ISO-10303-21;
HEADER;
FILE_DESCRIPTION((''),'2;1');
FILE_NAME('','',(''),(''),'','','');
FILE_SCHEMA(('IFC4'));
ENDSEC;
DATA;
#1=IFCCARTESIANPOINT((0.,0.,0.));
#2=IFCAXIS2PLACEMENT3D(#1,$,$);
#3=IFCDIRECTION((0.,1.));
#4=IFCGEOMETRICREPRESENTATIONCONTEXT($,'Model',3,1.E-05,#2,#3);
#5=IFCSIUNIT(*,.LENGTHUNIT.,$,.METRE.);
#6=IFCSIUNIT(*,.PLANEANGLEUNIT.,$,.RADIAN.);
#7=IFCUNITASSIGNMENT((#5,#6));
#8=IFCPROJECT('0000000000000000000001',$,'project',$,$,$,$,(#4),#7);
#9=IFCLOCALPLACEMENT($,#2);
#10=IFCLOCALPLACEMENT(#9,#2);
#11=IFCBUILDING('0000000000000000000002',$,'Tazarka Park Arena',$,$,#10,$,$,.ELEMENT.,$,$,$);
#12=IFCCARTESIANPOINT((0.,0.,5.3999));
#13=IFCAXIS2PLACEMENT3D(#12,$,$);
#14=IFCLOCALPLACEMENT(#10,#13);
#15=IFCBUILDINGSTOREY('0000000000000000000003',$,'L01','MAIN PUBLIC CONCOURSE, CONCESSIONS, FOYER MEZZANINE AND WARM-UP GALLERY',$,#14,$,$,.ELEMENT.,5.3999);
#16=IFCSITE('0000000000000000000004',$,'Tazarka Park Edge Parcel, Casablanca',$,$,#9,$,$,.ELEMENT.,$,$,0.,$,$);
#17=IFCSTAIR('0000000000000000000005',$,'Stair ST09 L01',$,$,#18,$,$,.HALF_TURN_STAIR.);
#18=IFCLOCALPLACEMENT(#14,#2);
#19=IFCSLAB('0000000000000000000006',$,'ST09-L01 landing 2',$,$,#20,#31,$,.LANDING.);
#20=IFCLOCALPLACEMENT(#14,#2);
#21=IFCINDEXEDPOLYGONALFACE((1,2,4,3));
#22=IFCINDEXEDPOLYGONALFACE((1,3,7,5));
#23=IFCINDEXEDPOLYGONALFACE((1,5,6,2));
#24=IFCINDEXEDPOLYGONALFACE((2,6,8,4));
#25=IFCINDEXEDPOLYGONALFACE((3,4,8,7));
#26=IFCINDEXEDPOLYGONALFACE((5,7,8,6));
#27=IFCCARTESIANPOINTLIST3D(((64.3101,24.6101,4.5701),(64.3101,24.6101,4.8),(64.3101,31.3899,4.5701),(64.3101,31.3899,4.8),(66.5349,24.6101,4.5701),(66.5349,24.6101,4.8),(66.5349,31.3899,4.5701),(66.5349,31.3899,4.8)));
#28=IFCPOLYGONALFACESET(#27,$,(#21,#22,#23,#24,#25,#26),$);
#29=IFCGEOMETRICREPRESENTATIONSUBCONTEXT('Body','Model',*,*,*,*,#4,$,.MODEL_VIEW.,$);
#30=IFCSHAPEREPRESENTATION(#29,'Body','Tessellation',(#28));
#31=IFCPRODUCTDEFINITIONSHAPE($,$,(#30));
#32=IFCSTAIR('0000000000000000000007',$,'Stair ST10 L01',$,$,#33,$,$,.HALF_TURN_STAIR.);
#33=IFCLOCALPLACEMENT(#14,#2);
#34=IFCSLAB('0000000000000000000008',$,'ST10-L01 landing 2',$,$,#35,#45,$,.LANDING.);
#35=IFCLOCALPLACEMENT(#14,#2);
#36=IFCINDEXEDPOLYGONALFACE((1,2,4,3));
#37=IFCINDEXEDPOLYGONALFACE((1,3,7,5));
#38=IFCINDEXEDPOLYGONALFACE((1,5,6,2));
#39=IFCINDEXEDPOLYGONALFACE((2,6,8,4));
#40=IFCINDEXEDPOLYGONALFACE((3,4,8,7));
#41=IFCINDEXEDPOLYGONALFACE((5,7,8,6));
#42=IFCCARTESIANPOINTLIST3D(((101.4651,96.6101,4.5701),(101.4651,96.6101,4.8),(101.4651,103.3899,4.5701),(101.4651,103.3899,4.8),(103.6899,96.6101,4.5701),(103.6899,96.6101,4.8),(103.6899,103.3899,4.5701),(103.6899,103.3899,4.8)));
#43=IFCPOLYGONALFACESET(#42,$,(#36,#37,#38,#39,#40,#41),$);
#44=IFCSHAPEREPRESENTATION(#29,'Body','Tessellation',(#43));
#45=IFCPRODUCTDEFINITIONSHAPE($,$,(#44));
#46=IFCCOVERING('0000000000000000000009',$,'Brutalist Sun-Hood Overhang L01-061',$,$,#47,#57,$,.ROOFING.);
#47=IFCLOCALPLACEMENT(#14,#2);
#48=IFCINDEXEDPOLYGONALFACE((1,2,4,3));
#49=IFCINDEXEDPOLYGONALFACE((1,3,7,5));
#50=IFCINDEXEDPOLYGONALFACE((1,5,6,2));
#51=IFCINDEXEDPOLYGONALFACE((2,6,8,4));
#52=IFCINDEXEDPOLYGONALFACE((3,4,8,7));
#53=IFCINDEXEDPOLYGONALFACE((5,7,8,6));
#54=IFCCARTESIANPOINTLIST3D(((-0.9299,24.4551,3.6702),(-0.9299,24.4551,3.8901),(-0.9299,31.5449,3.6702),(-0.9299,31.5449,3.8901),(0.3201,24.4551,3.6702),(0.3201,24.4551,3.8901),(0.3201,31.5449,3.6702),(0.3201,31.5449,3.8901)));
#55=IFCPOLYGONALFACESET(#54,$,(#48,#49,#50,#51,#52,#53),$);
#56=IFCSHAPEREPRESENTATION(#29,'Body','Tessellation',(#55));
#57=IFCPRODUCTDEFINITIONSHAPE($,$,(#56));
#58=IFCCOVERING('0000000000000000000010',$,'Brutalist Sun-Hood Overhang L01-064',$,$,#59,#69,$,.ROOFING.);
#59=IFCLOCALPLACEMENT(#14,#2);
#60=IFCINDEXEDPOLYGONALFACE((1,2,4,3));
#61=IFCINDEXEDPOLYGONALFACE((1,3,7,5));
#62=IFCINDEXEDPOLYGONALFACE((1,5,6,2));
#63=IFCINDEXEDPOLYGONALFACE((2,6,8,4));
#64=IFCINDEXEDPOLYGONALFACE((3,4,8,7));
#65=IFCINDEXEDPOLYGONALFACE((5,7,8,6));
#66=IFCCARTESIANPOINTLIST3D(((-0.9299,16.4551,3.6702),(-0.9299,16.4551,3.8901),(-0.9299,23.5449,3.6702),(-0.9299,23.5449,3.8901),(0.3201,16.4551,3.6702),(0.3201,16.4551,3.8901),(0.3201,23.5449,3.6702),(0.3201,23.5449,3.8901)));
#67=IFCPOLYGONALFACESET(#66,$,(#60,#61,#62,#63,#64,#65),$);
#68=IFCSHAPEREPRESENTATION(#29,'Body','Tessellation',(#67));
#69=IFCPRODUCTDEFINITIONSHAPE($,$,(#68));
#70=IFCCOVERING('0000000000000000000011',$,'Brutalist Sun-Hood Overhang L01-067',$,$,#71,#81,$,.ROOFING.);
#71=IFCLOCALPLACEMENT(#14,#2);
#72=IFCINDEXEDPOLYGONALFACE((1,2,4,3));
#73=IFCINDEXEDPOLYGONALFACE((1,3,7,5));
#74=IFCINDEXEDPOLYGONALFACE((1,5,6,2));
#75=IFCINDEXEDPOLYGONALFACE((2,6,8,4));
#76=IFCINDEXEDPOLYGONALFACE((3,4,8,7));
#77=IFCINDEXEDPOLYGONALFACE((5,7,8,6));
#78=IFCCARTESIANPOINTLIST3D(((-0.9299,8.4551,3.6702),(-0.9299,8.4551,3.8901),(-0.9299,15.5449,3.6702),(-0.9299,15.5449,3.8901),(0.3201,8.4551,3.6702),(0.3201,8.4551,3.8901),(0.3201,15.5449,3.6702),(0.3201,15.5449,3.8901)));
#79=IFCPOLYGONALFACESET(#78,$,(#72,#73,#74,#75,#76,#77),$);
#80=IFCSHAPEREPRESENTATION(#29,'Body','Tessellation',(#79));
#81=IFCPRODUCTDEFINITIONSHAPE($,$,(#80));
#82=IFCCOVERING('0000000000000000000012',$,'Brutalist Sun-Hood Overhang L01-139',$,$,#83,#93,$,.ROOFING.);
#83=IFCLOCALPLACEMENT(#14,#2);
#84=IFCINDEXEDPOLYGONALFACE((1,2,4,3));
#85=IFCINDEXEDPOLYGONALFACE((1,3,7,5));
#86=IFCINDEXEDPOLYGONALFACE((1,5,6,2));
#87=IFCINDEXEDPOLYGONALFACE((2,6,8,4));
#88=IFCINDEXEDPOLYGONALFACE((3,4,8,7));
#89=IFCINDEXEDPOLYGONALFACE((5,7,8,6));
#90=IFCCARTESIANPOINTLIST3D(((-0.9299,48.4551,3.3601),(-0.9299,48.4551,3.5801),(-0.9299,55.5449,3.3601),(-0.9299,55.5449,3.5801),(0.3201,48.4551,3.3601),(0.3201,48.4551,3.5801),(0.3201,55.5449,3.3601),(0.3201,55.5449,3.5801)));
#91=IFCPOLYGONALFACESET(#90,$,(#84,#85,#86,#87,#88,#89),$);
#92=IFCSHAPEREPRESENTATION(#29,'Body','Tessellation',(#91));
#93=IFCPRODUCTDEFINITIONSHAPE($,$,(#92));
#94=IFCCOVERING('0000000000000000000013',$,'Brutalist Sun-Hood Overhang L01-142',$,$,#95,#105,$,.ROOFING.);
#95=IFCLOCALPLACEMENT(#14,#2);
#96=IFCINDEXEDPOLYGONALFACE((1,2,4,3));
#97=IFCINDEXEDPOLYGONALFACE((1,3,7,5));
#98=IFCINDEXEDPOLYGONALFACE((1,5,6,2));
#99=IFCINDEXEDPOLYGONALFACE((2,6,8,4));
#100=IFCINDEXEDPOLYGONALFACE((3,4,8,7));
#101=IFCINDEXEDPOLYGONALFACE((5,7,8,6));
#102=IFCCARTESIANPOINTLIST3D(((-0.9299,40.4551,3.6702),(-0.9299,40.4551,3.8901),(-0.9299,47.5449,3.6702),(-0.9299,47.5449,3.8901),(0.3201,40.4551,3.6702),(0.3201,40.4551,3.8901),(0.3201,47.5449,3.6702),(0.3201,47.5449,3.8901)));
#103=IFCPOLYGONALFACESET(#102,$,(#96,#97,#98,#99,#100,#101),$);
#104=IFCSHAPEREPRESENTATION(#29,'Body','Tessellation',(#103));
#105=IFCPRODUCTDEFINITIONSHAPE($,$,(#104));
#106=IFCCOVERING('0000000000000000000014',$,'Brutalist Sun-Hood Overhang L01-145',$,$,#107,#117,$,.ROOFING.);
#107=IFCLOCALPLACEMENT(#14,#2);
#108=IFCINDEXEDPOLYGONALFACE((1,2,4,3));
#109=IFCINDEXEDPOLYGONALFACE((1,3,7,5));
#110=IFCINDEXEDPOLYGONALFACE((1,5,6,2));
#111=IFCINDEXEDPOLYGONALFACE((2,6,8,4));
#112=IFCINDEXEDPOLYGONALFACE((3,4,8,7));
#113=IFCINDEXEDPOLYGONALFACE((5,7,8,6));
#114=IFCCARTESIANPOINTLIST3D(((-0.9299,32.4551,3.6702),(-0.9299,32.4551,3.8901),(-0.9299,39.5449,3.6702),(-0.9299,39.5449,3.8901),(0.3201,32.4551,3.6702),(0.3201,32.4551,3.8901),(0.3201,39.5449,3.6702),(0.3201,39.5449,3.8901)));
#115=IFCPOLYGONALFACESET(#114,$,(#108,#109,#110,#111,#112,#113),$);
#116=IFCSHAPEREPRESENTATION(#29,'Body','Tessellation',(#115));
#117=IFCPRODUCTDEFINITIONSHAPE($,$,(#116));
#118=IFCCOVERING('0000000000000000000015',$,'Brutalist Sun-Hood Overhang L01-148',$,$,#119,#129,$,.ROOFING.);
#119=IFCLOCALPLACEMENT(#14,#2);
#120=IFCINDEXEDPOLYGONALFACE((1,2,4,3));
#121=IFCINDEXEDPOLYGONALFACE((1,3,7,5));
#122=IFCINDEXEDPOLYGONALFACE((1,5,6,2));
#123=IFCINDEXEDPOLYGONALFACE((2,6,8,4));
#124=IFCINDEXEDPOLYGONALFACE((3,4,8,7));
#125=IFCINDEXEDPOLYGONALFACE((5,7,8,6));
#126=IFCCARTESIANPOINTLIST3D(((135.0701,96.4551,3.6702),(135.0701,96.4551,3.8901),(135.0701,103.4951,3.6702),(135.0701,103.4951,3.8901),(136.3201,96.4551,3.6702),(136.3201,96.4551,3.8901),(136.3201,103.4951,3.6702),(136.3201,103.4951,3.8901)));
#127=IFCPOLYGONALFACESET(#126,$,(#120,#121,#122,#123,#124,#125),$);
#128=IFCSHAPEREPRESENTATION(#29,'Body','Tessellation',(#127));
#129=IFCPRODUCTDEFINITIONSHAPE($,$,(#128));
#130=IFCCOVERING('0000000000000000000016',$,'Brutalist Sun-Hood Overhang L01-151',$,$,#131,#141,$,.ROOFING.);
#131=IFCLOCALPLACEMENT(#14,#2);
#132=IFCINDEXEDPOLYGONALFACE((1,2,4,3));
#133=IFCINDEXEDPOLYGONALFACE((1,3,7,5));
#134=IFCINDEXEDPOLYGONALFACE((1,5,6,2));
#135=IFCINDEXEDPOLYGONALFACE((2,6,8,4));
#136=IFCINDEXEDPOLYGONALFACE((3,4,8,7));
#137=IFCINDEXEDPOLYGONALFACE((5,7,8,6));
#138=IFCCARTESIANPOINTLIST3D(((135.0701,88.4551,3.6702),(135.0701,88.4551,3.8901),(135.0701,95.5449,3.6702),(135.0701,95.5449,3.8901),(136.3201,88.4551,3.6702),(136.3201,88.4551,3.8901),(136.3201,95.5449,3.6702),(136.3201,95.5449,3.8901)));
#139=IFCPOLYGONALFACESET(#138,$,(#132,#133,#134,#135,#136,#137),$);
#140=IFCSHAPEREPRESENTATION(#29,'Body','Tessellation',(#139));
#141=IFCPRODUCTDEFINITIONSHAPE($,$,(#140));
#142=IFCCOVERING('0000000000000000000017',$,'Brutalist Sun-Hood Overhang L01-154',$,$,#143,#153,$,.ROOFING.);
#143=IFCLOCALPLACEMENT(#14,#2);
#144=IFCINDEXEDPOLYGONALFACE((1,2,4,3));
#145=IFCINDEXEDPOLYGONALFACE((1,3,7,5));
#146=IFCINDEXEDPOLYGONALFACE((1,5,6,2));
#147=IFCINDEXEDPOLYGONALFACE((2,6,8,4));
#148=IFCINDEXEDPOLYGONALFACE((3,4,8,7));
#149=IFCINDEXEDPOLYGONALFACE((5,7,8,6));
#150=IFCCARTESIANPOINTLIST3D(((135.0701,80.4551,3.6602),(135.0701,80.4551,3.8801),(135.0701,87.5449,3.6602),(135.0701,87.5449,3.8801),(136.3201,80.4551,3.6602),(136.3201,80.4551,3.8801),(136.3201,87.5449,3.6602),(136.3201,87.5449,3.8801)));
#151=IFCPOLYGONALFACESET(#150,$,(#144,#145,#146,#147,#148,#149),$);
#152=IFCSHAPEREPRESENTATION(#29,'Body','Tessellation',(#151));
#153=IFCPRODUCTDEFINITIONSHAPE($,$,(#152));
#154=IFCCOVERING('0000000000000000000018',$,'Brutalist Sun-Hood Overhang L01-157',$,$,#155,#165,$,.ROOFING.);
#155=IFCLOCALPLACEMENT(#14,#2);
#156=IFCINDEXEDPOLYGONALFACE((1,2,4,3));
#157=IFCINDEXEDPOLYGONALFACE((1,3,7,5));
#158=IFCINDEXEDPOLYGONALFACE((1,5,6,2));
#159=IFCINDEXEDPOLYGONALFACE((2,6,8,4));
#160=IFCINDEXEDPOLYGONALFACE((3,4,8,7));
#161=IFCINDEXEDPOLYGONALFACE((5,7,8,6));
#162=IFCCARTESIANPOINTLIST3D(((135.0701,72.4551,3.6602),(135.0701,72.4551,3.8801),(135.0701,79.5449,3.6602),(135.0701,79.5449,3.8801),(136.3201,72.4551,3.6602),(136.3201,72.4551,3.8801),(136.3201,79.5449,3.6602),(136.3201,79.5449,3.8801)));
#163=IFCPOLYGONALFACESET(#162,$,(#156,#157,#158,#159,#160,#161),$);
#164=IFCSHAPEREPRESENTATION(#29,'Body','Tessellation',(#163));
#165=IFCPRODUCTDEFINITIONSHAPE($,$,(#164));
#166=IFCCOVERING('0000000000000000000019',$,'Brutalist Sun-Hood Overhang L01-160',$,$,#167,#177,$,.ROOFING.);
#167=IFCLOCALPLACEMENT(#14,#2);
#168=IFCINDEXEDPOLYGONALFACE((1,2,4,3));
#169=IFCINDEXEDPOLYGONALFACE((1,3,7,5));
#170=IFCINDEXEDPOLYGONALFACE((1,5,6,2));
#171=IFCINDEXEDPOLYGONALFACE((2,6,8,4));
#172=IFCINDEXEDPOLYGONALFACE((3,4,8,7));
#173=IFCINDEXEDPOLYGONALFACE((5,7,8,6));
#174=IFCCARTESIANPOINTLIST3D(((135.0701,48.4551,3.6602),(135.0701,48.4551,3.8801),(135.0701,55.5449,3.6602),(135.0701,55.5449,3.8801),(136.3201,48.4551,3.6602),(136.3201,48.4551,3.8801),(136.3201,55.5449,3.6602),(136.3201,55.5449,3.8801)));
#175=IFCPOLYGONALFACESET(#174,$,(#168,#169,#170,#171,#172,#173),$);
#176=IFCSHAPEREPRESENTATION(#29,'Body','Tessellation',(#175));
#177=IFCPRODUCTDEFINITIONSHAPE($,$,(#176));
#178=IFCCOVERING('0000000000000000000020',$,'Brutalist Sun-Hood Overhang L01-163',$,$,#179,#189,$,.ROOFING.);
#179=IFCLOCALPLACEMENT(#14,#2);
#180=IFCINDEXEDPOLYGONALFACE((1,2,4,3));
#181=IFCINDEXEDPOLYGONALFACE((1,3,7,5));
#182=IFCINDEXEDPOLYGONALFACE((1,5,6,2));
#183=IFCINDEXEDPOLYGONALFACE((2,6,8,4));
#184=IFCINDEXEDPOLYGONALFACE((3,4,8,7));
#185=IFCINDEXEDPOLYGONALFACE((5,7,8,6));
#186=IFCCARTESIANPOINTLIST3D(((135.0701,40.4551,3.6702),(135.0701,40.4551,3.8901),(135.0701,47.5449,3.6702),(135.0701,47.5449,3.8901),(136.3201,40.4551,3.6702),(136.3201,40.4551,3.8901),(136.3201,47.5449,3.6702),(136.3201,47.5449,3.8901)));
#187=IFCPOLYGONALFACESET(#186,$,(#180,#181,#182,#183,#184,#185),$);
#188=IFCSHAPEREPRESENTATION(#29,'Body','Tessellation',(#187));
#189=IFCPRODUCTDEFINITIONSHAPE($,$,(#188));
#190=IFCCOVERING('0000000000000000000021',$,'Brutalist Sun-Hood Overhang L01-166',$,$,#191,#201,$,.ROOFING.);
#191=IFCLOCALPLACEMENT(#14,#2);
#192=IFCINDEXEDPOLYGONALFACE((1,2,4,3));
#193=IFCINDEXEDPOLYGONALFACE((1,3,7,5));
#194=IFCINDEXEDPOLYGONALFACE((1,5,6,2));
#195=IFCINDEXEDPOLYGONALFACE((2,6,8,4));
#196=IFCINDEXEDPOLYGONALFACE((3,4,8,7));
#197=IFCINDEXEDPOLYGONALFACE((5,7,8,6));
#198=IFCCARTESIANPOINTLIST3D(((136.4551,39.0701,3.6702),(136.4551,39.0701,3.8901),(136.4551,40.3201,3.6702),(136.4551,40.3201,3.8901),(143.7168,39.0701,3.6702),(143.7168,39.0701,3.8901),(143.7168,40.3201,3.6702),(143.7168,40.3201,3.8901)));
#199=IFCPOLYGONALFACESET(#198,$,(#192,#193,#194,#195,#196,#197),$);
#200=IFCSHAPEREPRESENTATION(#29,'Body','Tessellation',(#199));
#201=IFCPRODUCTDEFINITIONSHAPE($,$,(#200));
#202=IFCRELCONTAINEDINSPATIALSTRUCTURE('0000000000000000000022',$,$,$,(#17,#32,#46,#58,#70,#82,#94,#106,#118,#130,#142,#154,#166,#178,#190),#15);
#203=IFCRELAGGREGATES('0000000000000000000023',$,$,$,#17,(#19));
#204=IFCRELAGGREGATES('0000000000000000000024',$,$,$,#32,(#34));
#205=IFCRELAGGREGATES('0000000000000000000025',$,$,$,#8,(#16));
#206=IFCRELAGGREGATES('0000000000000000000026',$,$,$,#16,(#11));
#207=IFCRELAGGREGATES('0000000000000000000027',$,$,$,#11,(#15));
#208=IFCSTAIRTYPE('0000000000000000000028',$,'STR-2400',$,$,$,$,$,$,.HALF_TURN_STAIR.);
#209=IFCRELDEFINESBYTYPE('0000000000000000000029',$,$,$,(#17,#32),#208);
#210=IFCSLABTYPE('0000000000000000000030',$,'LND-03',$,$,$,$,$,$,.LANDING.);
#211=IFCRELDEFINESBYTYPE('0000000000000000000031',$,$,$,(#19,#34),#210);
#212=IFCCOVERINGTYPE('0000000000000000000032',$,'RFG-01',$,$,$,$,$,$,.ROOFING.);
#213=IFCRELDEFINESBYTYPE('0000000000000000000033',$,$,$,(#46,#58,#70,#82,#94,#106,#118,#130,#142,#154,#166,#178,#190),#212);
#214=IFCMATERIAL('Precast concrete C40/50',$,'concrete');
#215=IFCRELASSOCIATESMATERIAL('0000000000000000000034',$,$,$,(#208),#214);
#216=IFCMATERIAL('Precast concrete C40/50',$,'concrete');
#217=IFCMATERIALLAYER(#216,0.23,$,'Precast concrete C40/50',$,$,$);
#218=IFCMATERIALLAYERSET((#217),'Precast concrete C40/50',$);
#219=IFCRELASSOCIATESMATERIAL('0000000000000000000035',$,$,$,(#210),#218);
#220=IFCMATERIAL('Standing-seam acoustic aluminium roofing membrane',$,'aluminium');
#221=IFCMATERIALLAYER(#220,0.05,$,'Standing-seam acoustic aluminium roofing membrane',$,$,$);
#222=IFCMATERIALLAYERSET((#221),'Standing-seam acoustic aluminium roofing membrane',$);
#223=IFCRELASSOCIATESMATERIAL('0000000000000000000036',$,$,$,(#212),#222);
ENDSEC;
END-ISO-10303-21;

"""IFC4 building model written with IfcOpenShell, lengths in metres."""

from ifc_helpers import new_model, si_unit, direction, frame, origin, place, context, subcontext, project, spatial, polyline, outline, extrude, material, layer, layer_set, type_object, element, aggregate, save


model = new_model("IFC4")

# Units and contexts
model_context = context("Model", 3, precision=1e-05, world=origin(), true_north=direction((0.0, 1.0)))
body_context = subcontext(model_context, "Body", "Model", "MODEL_VIEW")
ifc_project = project(units=[si_unit("LENGTHUNIT", "METRE"), si_unit("PLANEANGLEUNIT", "RADIAN")], contexts=[model_context])

# Site, building, storey
site_placement = place(None, origin())
site = spatial("IfcSite", under=ifc_project, at=site_placement, Name="Tazarka Park Edge Parcel, Casablanca", CompositionType="ELEMENT", RefElevation=0.0)
building_placement = place(site_placement, origin())
building = spatial("IfcBuilding", under=site, at=building_placement, Name="Tazarka Park Arena", CompositionType="ELEMENT")
storey_placement = place(building_placement, frame((0.0, 0.0, 5.3999)))
storey = spatial("IfcBuildingStorey", under=building, at=storey_placement, Name="L01", Description="MAIN PUBLIC CONCOURSE, CONCESSIONS, FOYER MEZZANINE AND WARM-UP GALLERY", CompositionType="ELEMENT", Elevation=5.3999)

# Stairs, slabs
ifc_material_1 = material(Name="Precast concrete C40/50", Category="concrete")
stair_type = type_object("IfcStairType", Name="STR-2400", PredefinedType="HALF_TURN_STAIR", material=ifc_material_1)
stair_1_placement = place(storey_placement, origin())
stair_1 = element("IfcStair", 1, at=stair_1_placement, inside=storey, type_object=stair_type, Name="Stair ST09 L01", PredefinedType="HALF_TURN_STAIR")
ifc_material_2 = material(Name="Precast concrete C40/50", Category="concrete")
ifc_layer_1 = layer(ifc_material_2, 0.23, Name="Precast concrete C40/50")
ifc_layer_set_1 = layer_set([ifc_layer_1], Name="Precast concrete C40/50")
slab_type = type_object("IfcSlabType", Name="LND-03", PredefinedType="LANDING", material=ifc_layer_set_1)
slab_1_placement = place(storey_placement, frame((0.0, 0.0, 4.5701)))
slab_1 = element("IfcSlab", 2, at=slab_1_placement, type_object=slab_type, Name="ST09-L01 landing 2", PredefinedType="LANDING", context=body_context, shape_type="SweptSolid", body=[
    extrude(outline(polyline([(64.3101, 24.6101), (66.5349, 24.6101), (66.5349, 31.3899), (64.3101, 31.3899), (64.3101, 24.6101)])), origin(), (0.0, 0.0, 1.0), 0.23),
])
aggregate(stair_1, [slab_1])
stair_2_placement = place(storey_placement, origin())
stair_2 = element("IfcStair", 3, at=stair_2_placement, inside=storey, type_object=stair_type, Name="Stair ST10 L01", PredefinedType="HALF_TURN_STAIR")
slab_2_placement = place(storey_placement, frame((0.0, 0.0, 4.5701)))
slab_2 = element("IfcSlab", 4, at=slab_2_placement, type_object=slab_type, Name="ST10-L01 landing 2", PredefinedType="LANDING", context=body_context, shape_type="SweptSolid", body=[
    extrude(outline(polyline([(101.4651, 96.6101), (103.6899, 96.6101), (103.6899, 103.3899), (101.4651, 103.3899), (101.4651, 96.6101)])), origin(), (0.0, 0.0, 1.0), 0.23),
])
aggregate(stair_2, [slab_2])

# Coverings
ifc_material_3 = material(Name="Standing-seam acoustic aluminium roofing membrane", Category="aluminium")
ifc_layer_2 = layer(ifc_material_3, 0.05, Name="Standing-seam acoustic aluminium roofing membrane")
ifc_layer_set_2 = layer_set([ifc_layer_2], Name="Standing-seam acoustic aluminium roofing membrane")
covering_type = type_object("IfcCoveringType", Name="RFG-01", PredefinedType="ROOFING", material=ifc_layer_set_2)
covering_1_placement = place(storey_placement, frame((0.0, 0.0, 3.6702)))
element("IfcCovering", 5, at=covering_1_placement, inside=storey, type_object=covering_type, Name="Brutalist Sun-Hood Overhang L01-061", PredefinedType="ROOFING", context=body_context, shape_type="SweptSolid", body=[
    extrude(outline(polyline([(0.3201, 24.4551), (0.3201, 31.5449), (-0.9299, 31.5449), (-0.9299, 24.4551), (0.3201, 24.4551)])), origin(), (0.0, 0.0, 1.0), 0.22),
])
covering_2_placement = place(storey_placement, frame((0.0, 0.0, 3.6702)))
element("IfcCovering", 6, at=covering_2_placement, inside=storey, type_object=covering_type, Name="Brutalist Sun-Hood Overhang L01-064", PredefinedType="ROOFING", context=body_context, shape_type="SweptSolid", body=[
    extrude(outline(polyline([(0.3201, 16.4551), (0.3201, 23.5449), (-0.9299, 23.5449), (-0.9299, 16.4551), (0.3201, 16.4551)])), origin(), (0.0, 0.0, 1.0), 0.22),
])
covering_3_placement = place(storey_placement, frame((0.0, 0.0, 3.6702)))
element("IfcCovering", 7, at=covering_3_placement, inside=storey, type_object=covering_type, Name="Brutalist Sun-Hood Overhang L01-067", PredefinedType="ROOFING", context=body_context, shape_type="SweptSolid", body=[
    extrude(outline(polyline([(0.3201, 8.4551), (0.3201, 15.5449), (-0.9299, 15.5449), (-0.9299, 8.4551), (0.3201, 8.4551)])), origin(), (0.0, 0.0, 1.0), 0.22),
])
covering_4_placement = place(storey_placement, frame((0.0, 0.0, 3.3601)))
element("IfcCovering", 8, at=covering_4_placement, inside=storey, type_object=covering_type, Name="Brutalist Sun-Hood Overhang L01-139", PredefinedType="ROOFING", context=body_context, shape_type="SweptSolid", body=[
    extrude(outline(polyline([(0.3201, 48.4551), (0.3201, 55.5449), (-0.9299, 55.5449), (-0.9299, 48.4551), (0.3201, 48.4551)])), origin(), (0.0, 0.0, 1.0), 0.22),
])
covering_5_placement = place(storey_placement, frame((0.0, 0.0, 3.6702)))
element("IfcCovering", 9, at=covering_5_placement, inside=storey, type_object=covering_type, Name="Brutalist Sun-Hood Overhang L01-142", PredefinedType="ROOFING", context=body_context, shape_type="SweptSolid", body=[
    extrude(outline(polyline([(0.3201, 40.4551), (0.3201, 47.5449), (-0.9299, 47.5449), (-0.9299, 40.4551), (0.3201, 40.4551)])), origin(), (0.0, 0.0, 1.0), 0.22),
])
covering_6_placement = place(storey_placement, frame((0.0, 0.0, 3.6702)))
element("IfcCovering", 10, at=covering_6_placement, inside=storey, type_object=covering_type, Name="Brutalist Sun-Hood Overhang L01-145", PredefinedType="ROOFING", context=body_context, shape_type="SweptSolid", body=[
    extrude(outline(polyline([(0.3201, 32.4551), (0.3201, 39.5449), (-0.9299, 39.5449), (-0.9299, 32.4551), (0.3201, 32.4551)])), origin(), (0.0, 0.0, 1.0), 0.22),
])
covering_7_placement = place(storey_placement, frame((0.0, 0.0, 3.6702)))
element("IfcCovering", 11, at=covering_7_placement, inside=storey, type_object=covering_type, Name="Brutalist Sun-Hood Overhang L01-148", PredefinedType="ROOFING", context=body_context, shape_type="SweptSolid", body=[
    extrude(outline(polyline([(136.3201, 96.4551), (136.3201, 103.4951), (135.0701, 103.4951), (135.0701, 96.4551), (136.3201, 96.4551)])), origin(), (0.0, 0.0, 1.0), 0.22),
])
covering_8_placement = place(storey_placement, frame((0.0, 0.0, 3.6702)))
element("IfcCovering", 12, at=covering_8_placement, inside=storey, type_object=covering_type, Name="Brutalist Sun-Hood Overhang L01-151", PredefinedType="ROOFING", context=body_context, shape_type="SweptSolid", body=[
    extrude(outline(polyline([(136.3201, 88.4551), (136.3201, 95.5449), (135.0701, 95.5449), (135.0701, 88.4551), (136.3201, 88.4551)])), origin(), (0.0, 0.0, 1.0), 0.22),
])
covering_9_placement = place(storey_placement, frame((0.0, 0.0, 3.6602)))
element("IfcCovering", 13, at=covering_9_placement, inside=storey, type_object=covering_type, Name="Brutalist Sun-Hood Overhang L01-154", PredefinedType="ROOFING", context=body_context, shape_type="SweptSolid", body=[
    extrude(outline(polyline([(136.3201, 80.4551), (136.3201, 87.5449), (135.0701, 87.5449), (135.0701, 80.4551), (136.3201, 80.4551)])), origin(), (0.0, 0.0, 1.0), 0.22),
])
covering_10_placement = place(storey_placement, frame((0.0, 0.0, 3.6602)))
element("IfcCovering", 14, at=covering_10_placement, inside=storey, type_object=covering_type, Name="Brutalist Sun-Hood Overhang L01-157", PredefinedType="ROOFING", context=body_context, shape_type="SweptSolid", body=[
    extrude(outline(polyline([(136.3201, 72.4551), (136.3201, 79.5449), (135.0701, 79.5449), (135.0701, 72.4551), (136.3201, 72.4551)])), origin(), (0.0, 0.0, 1.0), 0.22),
])
covering_11_placement = place(storey_placement, frame((0.0, 0.0, 3.6602)))
element("IfcCovering", 15, at=covering_11_placement, inside=storey, type_object=covering_type, Name="Brutalist Sun-Hood Overhang L01-160", PredefinedType="ROOFING", context=body_context, shape_type="SweptSolid", body=[
    extrude(outline(polyline([(136.3201, 48.4551), (136.3201, 55.5449), (135.0701, 55.5449), (135.0701, 48.4551), (136.3201, 48.4551)])), origin(), (0.0, 0.0, 1.0), 0.22),
])
covering_12_placement = place(storey_placement, frame((0.0, 0.0, 3.6702)))
element("IfcCovering", 16, at=covering_12_placement, inside=storey, type_object=covering_type, Name="Brutalist Sun-Hood Overhang L01-163", PredefinedType="ROOFING", context=body_context, shape_type="SweptSolid", body=[
    extrude(outline(polyline([(136.3201, 40.4551), (136.3201, 47.5449), (135.0701, 47.5449), (135.0701, 40.4551), (136.3201, 40.4551)])), origin(), (0.0, 0.0, 1.0), 0.22),
])
covering_13_placement = place(storey_placement, frame((0.0, 0.0, 3.6702)))
element("IfcCovering", 17, at=covering_13_placement, inside=storey, type_object=covering_type, Name="Brutalist Sun-Hood Overhang L01-166", PredefinedType="ROOFING", context=body_context, shape_type="SweptSolid", body=[
    extrude(outline(polyline([(143.7168, 40.3201), (136.4551, 40.3201), (136.4551, 39.0701), (143.7168, 39.0701), (143.7168, 40.3201)])), origin(), (0.0, 0.0, 1.0), 0.22),
])

save(model, "model.ifc")
